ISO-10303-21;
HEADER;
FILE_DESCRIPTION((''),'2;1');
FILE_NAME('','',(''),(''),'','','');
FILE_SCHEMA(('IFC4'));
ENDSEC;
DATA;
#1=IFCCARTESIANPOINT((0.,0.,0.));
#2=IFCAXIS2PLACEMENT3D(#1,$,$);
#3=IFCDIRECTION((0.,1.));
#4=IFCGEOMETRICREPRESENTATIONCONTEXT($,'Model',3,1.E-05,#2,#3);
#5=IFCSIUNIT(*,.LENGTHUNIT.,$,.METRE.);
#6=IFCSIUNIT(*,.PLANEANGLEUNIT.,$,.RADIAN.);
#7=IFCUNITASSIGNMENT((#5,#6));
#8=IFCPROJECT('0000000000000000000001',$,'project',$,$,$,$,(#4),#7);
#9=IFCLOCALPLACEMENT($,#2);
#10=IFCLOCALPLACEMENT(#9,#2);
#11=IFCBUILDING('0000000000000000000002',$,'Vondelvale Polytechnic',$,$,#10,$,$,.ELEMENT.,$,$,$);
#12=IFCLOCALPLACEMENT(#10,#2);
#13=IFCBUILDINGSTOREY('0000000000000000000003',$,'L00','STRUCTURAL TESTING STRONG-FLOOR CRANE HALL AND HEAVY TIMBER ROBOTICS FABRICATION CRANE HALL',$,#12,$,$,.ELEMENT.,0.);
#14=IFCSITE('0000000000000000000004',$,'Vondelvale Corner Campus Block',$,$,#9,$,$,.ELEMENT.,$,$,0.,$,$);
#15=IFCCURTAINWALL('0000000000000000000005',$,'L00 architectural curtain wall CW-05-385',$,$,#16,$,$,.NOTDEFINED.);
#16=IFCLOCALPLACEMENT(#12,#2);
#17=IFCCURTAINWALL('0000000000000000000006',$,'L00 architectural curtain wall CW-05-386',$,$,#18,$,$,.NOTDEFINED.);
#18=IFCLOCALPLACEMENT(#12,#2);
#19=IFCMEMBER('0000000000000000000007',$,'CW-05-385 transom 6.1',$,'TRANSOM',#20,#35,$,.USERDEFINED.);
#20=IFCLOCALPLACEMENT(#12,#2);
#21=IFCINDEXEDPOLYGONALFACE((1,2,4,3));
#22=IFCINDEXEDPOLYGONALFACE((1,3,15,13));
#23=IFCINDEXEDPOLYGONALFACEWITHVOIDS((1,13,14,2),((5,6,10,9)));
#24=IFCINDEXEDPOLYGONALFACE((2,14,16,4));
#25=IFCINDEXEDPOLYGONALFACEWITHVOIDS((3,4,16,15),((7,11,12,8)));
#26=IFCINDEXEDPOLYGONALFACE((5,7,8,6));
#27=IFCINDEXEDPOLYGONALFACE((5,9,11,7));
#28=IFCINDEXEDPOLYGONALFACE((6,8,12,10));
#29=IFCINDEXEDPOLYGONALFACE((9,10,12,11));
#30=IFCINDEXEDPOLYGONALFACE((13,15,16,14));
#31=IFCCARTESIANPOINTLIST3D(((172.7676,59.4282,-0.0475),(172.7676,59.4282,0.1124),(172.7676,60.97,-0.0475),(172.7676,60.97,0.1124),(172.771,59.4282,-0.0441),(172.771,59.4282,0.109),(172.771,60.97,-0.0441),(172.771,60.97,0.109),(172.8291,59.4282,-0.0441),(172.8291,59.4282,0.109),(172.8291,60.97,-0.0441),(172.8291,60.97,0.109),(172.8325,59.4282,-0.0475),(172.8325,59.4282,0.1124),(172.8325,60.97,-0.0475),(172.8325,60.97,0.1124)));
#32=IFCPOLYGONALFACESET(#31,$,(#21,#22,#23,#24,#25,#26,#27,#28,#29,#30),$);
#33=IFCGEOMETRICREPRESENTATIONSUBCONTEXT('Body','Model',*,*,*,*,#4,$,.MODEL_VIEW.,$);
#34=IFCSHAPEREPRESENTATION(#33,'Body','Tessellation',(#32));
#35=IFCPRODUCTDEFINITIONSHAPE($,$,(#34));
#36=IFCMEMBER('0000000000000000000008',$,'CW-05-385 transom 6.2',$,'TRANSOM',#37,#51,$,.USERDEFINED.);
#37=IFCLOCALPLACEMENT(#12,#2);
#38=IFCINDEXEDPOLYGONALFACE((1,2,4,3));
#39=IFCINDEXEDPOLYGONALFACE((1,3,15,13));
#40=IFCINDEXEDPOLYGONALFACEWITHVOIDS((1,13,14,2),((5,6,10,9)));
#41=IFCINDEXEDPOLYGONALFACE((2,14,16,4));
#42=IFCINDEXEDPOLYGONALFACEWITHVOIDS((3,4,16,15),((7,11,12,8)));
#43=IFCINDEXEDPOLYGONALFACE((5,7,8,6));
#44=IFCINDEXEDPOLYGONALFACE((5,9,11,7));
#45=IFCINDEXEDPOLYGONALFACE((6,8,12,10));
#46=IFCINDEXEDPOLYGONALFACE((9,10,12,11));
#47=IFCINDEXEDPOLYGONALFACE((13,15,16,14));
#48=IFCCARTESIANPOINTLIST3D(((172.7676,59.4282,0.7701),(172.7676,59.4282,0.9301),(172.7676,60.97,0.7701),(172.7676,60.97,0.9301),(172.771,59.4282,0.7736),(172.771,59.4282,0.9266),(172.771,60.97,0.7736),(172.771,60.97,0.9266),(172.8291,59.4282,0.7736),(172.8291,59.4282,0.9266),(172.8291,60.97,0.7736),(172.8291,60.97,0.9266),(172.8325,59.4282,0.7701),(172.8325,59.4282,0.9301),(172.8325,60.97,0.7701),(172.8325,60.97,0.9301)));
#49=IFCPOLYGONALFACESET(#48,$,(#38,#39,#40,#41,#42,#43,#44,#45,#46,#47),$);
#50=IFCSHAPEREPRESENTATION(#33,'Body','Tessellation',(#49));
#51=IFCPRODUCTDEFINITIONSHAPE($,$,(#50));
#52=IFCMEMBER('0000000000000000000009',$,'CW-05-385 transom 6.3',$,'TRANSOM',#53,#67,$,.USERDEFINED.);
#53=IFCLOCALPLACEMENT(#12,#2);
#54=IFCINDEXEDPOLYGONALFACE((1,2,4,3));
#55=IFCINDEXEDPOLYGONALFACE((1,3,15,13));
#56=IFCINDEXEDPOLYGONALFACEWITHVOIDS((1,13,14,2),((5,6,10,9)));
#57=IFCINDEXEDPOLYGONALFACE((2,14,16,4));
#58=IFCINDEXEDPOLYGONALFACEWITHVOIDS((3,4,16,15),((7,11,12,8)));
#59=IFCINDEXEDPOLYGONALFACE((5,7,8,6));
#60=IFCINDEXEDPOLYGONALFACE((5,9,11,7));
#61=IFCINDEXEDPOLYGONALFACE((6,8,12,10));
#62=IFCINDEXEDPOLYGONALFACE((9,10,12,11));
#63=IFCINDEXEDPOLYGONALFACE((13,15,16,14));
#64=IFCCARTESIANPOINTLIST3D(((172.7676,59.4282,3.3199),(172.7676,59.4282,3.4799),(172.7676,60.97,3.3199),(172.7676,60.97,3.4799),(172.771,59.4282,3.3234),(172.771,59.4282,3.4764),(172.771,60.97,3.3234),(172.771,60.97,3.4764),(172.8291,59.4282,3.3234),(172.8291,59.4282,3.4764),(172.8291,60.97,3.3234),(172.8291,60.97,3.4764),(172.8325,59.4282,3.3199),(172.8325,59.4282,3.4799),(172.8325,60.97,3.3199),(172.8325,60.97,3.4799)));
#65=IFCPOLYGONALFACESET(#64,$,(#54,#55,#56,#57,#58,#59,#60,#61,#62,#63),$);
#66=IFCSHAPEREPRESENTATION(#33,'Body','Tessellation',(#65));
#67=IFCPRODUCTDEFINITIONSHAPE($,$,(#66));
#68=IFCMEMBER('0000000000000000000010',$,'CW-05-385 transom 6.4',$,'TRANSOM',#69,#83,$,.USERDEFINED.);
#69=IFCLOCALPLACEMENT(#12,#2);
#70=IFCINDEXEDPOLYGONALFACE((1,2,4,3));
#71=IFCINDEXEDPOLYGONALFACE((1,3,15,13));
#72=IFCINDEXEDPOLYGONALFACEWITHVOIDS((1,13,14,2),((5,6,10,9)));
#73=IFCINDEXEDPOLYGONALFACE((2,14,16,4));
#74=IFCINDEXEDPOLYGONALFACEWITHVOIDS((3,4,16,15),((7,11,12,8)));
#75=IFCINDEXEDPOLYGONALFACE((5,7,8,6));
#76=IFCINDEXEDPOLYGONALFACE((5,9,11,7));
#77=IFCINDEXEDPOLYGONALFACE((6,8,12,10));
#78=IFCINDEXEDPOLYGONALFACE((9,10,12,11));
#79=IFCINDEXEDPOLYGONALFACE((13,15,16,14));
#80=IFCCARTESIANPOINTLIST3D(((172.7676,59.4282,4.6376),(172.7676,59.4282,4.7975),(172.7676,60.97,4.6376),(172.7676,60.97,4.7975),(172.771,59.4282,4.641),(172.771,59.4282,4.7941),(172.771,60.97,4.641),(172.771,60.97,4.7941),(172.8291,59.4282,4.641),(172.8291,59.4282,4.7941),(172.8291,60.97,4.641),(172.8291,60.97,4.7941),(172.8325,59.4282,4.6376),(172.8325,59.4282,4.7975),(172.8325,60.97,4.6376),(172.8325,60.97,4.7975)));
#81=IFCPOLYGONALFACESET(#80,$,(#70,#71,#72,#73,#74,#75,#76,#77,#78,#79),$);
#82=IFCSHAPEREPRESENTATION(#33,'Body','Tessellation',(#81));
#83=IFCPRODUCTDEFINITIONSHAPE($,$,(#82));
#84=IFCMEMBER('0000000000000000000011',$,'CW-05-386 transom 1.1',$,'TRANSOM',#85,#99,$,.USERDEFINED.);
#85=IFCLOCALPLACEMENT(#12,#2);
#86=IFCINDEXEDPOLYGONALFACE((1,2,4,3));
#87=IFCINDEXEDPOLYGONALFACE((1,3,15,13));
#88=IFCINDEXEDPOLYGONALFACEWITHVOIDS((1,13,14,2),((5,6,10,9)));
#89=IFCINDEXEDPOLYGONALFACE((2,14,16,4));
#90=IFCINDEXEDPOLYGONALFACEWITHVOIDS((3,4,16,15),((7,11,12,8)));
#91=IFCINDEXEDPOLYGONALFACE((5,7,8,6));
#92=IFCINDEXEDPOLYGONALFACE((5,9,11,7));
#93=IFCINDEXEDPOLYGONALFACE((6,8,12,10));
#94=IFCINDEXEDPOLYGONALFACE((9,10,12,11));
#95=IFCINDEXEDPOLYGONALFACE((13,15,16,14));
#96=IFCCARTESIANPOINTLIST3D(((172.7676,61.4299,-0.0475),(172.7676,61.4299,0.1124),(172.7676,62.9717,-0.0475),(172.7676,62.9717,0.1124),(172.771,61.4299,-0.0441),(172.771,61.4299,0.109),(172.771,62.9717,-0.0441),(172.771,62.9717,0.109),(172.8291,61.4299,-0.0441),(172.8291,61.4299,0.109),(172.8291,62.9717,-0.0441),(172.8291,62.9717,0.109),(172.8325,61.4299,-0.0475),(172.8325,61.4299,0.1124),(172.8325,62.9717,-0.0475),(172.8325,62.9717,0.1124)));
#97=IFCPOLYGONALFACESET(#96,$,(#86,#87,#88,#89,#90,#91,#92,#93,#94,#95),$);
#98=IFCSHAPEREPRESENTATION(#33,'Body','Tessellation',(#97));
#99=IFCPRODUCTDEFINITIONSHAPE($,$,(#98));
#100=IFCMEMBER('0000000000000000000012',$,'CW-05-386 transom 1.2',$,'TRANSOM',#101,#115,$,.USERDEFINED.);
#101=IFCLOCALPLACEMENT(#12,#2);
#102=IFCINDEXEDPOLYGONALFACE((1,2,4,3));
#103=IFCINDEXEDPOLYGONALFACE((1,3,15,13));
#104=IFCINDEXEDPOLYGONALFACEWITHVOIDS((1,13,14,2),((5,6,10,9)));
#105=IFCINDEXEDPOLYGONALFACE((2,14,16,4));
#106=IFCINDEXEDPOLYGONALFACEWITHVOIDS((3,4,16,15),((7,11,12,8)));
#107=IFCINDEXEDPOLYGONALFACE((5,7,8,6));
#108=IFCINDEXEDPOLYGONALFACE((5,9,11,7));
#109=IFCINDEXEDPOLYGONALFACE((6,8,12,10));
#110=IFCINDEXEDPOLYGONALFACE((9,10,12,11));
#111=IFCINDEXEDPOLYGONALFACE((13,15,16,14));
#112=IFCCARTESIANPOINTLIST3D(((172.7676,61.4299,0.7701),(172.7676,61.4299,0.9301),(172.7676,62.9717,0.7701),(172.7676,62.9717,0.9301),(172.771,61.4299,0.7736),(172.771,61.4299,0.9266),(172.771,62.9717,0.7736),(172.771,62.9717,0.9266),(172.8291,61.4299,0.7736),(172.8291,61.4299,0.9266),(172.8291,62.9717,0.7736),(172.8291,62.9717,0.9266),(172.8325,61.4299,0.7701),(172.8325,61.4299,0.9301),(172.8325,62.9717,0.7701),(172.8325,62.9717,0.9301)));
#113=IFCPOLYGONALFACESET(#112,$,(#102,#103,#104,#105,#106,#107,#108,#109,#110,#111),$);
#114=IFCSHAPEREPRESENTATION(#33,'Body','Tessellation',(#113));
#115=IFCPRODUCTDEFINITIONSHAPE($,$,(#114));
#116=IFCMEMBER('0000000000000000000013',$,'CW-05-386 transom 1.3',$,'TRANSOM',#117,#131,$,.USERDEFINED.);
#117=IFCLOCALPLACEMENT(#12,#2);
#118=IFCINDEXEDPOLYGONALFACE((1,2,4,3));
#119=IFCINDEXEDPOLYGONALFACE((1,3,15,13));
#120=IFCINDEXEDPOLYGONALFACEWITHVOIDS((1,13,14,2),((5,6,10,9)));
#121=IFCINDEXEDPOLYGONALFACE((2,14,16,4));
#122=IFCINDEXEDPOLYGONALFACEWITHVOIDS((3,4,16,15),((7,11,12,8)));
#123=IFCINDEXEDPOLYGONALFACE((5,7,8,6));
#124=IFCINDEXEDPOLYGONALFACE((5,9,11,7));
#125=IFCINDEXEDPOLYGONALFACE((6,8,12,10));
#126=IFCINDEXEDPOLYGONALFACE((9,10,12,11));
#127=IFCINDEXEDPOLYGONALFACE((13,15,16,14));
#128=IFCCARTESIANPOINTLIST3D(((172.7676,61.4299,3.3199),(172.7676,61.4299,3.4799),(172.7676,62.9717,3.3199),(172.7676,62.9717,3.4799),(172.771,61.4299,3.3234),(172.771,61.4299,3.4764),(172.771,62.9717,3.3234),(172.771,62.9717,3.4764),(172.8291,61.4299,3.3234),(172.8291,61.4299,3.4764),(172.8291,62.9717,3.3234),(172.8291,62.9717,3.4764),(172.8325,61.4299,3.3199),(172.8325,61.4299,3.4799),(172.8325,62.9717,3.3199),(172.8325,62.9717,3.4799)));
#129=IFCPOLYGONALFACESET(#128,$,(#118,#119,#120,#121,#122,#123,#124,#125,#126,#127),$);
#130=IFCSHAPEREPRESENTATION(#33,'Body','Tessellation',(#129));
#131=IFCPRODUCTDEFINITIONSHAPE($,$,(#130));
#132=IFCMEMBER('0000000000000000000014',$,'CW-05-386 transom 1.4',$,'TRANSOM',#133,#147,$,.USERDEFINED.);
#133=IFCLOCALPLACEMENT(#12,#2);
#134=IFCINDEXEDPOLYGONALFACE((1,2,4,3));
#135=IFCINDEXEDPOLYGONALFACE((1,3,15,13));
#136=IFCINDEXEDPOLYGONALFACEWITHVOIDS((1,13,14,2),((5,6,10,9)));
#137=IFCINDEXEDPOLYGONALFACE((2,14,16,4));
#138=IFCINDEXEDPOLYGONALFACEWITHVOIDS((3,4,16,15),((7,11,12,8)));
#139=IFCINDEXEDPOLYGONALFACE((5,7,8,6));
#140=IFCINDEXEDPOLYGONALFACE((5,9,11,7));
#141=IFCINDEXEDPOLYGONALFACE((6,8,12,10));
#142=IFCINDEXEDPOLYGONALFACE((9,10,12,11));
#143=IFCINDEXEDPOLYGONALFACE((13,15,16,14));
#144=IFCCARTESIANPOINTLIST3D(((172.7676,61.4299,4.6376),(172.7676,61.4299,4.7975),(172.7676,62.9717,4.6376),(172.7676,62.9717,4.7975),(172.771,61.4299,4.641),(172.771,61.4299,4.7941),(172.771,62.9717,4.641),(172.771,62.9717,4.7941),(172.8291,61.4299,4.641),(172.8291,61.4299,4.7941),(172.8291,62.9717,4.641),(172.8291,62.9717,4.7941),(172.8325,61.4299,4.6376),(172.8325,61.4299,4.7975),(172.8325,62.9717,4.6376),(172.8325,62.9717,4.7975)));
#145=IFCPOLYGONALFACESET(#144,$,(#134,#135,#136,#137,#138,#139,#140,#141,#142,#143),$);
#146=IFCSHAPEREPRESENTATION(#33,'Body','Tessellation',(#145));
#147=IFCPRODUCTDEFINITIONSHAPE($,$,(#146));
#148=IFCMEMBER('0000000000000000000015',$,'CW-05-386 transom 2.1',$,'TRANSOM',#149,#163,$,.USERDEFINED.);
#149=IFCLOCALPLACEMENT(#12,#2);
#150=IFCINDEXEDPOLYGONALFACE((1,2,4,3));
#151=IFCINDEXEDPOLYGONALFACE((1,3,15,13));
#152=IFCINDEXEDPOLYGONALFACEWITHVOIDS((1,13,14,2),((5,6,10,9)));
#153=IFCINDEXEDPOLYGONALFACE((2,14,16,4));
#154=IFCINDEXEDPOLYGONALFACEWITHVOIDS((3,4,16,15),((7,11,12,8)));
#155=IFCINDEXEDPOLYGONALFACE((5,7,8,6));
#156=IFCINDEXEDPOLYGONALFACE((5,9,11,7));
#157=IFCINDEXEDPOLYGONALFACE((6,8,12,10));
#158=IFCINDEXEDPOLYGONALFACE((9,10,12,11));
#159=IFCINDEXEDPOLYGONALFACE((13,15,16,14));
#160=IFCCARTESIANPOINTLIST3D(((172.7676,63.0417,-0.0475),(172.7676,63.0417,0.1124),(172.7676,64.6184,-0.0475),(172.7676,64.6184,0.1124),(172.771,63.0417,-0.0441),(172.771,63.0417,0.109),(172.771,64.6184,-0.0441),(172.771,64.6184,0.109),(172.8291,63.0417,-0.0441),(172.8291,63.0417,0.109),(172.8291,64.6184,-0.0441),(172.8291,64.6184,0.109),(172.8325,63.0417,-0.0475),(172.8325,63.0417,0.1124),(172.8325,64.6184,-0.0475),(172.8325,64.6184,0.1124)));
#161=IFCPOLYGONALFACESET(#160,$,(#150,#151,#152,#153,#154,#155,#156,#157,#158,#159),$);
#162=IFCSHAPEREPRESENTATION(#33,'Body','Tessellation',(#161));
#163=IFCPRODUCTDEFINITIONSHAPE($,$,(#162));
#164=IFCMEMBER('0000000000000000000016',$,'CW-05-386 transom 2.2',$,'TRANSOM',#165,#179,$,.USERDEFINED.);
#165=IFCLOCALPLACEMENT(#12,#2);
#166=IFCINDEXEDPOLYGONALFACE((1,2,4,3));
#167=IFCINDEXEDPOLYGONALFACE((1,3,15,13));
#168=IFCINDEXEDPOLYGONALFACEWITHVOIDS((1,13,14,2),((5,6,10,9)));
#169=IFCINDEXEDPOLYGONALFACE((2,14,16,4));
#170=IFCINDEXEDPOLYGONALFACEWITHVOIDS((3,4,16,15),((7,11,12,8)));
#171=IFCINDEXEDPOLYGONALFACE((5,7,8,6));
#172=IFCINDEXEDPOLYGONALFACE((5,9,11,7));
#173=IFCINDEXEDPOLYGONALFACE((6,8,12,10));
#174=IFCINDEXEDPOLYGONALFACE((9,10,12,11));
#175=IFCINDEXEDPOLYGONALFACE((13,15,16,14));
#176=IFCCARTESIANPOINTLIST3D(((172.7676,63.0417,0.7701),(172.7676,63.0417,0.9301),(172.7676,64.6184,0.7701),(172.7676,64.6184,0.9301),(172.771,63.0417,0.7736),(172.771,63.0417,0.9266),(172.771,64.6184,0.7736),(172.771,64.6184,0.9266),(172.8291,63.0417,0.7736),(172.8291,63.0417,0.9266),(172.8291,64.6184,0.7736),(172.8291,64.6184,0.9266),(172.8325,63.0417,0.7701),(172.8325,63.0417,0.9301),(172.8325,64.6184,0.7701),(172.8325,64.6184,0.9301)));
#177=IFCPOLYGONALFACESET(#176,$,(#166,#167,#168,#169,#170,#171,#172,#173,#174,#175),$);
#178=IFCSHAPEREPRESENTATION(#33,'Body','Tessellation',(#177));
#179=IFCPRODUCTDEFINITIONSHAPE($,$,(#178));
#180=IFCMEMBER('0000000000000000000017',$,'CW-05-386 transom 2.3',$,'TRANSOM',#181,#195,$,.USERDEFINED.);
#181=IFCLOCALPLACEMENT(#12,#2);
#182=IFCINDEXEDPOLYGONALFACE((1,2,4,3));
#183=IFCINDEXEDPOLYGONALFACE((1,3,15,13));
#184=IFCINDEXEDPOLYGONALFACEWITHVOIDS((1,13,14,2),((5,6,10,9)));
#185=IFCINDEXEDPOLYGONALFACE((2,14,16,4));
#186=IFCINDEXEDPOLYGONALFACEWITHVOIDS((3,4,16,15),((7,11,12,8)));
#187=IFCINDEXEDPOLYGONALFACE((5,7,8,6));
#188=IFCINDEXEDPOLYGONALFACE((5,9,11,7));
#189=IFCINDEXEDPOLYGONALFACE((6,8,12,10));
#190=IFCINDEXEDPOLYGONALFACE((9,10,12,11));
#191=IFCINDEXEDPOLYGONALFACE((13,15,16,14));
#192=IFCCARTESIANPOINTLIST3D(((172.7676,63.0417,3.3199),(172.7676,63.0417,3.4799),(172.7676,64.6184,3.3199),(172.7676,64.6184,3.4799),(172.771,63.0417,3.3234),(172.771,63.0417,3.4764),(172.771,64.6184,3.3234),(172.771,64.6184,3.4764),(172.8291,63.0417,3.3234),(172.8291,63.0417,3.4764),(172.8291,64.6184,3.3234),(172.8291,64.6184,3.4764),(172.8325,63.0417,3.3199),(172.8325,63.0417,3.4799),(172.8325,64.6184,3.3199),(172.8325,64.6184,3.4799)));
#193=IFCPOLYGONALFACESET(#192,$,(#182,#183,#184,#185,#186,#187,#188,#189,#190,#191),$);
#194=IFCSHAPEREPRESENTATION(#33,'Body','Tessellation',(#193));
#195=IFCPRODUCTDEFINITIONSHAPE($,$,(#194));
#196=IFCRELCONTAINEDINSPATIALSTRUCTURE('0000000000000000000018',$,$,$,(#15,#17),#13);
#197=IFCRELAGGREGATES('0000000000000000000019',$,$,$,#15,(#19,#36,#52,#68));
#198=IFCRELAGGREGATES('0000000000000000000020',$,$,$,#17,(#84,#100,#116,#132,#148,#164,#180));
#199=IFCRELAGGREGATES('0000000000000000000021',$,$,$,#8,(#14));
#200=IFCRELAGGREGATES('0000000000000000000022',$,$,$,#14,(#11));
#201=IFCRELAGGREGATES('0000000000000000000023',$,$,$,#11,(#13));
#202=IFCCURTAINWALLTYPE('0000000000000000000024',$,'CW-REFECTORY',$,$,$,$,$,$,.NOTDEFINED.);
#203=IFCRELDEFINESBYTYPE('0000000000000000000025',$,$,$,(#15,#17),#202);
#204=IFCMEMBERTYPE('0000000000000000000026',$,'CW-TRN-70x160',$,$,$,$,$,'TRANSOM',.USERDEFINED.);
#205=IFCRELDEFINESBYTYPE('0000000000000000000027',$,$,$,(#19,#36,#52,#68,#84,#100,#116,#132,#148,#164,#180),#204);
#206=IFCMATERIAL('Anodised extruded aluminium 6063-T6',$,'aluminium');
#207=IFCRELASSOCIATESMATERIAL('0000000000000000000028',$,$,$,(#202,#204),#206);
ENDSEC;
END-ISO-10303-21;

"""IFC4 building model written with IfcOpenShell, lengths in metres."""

from ifc_helpers import new_model, si_unit, direction, frame, origin, origin_2d, place, context, subcontext, project, spatial, hollow_rectangle, extrude, material, material_profile, profile_set, type_object, element, aggregate, save


model = new_model("IFC4")

# Units and contexts
model_context = context("Model", 3, precision=1e-05, world=origin(), true_north=direction((0.0, 1.0)))
body_context = subcontext(model_context, "Body", "Model", "MODEL_VIEW")
ifc_project = project(units=[si_unit("LENGTHUNIT", "METRE"), si_unit("PLANEANGLEUNIT", "RADIAN")], contexts=[model_context])

# Site, building, storey
site_placement = place(None, origin())
site = spatial("IfcSite", under=ifc_project, at=site_placement, Name="Vondelvale Corner Campus Block", CompositionType="ELEMENT", RefElevation=0.0)
building_placement = place(site_placement, origin())
building = spatial("IfcBuilding", under=site, at=building_placement, Name="Vondelvale Polytechnic", CompositionType="ELEMENT")
storey_placement = place(building_placement, origin())
storey = spatial("IfcBuildingStorey", under=building, at=storey_placement, Name="L00", Description="STRUCTURAL TESTING STRONG-FLOOR CRANE HALL AND HEAVY TIMBER ROBOTICS FABRICATION CRANE HALL", CompositionType="ELEMENT", Elevation=0.0)

# Curtain walls
ifc_material_1 = material(Name="Anodised extruded aluminium 6063-T6", Category="aluminium")
curtain_wall_type = type_object("IfcCurtainWallType", Name="CW-REFECTORY", PredefinedType="NOTDEFINED", material=ifc_material_1)
curtain_wall_1_placement = place(storey_placement, origin())
curtain_wall_1 = element("IfcCurtainWall", 1, at=curtain_wall_1_placement, inside=storey, type_object=curtain_wall_type, Name="L00 architectural curtain wall CW-05-385", PredefinedType="NOTDEFINED")
curtain_wall_2_placement = place(storey_placement, origin())
curtain_wall_2 = element("IfcCurtainWall", 2, at=curtain_wall_2_placement, inside=storey, type_object=curtain_wall_type, Name="L00 architectural curtain wall CW-05-386", PredefinedType="NOTDEFINED")

# Members
ifc_material_profile_1 = material_profile(ifc_material_1, hollow_rectangle(XDim=0.0649, YDim=0.1599, WallThickness=0.0034, at=origin_2d()), Name="CW-TRN-160x65")
ifc_profile_set_1 = profile_set([ifc_material_profile_1], Name="Anodised extruded aluminium 6063-T6")
member_type_1 = type_object("IfcMemberType", Name="CW-TRN-70x160", ElementType="TRANSOM", PredefinedType="USERDEFINED", material=ifc_profile_set_1)
member_1_placement = place(storey_placement, frame((172.8, 59.4282, 0.0325), z_axis=(0.0, 1.0, 0.0), x_axis=(-1.0, 0.0, 0.0)))
member_1 = element("IfcMember", 3, at=member_1_placement, type_object=member_type_1, Name="CW-05-385 transom 6.1", ObjectType="TRANSOM", PredefinedType="USERDEFINED", context=body_context, shape_type="SweptSolid", body=[
    extrude(hollow_rectangle(XDim=0.0649, YDim=0.1599, WallThickness=0.0034, at=origin_2d()), origin(), (0.0, 0.0, 1.0), 1.5417),
])
member_2_placement = place(storey_placement, frame((172.8, 59.4282, 0.8501), z_axis=(0.0, 1.0, 0.0), x_axis=(-1.0, 0.0, 0.0)))
member_2 = element("IfcMember", 4, at=member_2_placement, type_object=member_type_1, Name="CW-05-385 transom 6.2", ObjectType="TRANSOM", PredefinedType="USERDEFINED", context=body_context, shape_type="SweptSolid", body=[
    extrude(hollow_rectangle(XDim=0.0649, YDim=0.1599, WallThickness=0.0034, at=origin_2d()), origin(), (0.0, 0.0, 1.0), 1.5417),
])
member_3_placement = place(storey_placement, frame((172.8, 59.4282, 3.3999), z_axis=(0.0, 1.0, 0.0), x_axis=(-1.0, 0.0, 0.0)))
member_3 = element("IfcMember", 5, at=member_3_placement, type_object=member_type_1, Name="CW-05-385 transom 6.3", ObjectType="TRANSOM", PredefinedType="USERDEFINED", context=body_context, shape_type="SweptSolid", body=[
    extrude(hollow_rectangle(XDim=0.0649, YDim=0.1599, WallThickness=0.0034, at=origin_2d()), origin(), (0.0, 0.0, 1.0), 1.5417),
])
member_4_placement = place(storey_placement, frame((172.8, 59.4282, 4.7175), z_axis=(0.0, 1.0, 0.0), x_axis=(-1.0, 0.0, 0.0)))
member_4 = element("IfcMember", 6, at=member_4_placement, type_object=member_type_1, Name="CW-05-385 transom 6.4", ObjectType="TRANSOM", PredefinedType="USERDEFINED", context=body_context, shape_type="SweptSolid", body=[
    extrude(hollow_rectangle(XDim=0.0649, YDim=0.1599, WallThickness=0.0034, at=origin_2d()), origin(), (0.0, 0.0, 1.0), 1.5417),
])
member_5_placement = place(storey_placement, frame((172.8, 61.4299, 0.0325), z_axis=(0.0, 1.0, 0.0), x_axis=(-1.0, 0.0, 0.0)))
member_5 = element("IfcMember", 7, at=member_5_placement, type_object=member_type_1, Name="CW-05-386 transom 1.1", ObjectType="TRANSOM", PredefinedType="USERDEFINED", context=body_context, shape_type="SweptSolid", body=[
    extrude(hollow_rectangle(XDim=0.0649, YDim=0.1599, WallThickness=0.0034, at=origin_2d()), origin(), (0.0, 0.0, 1.0), 1.5417),
])
member_6_placement = place(storey_placement, frame((172.8, 61.4299, 0.8501), z_axis=(0.0, 1.0, 0.0), x_axis=(-1.0, 0.0, 0.0)))
member_6 = element("IfcMember", 8, at=member_6_placement, type_object=member_type_1, Name="CW-05-386 transom 1.2", ObjectType="TRANSOM", PredefinedType="USERDEFINED", context=body_context, shape_type="SweptSolid", body=[
    extrude(hollow_rectangle(XDim=0.0649, YDim=0.1599, WallThickness=0.0034, at=origin_2d()), origin(), (0.0, 0.0, 1.0), 1.5417),
])
member_7_placement = place(storey_placement, frame((172.8, 61.4299, 3.3999), z_axis=(0.0, 1.0, 0.0), x_axis=(-1.0, 0.0, 0.0)))
member_7 = element("IfcMember", 9, at=member_7_placement, type_object=member_type_1, Name="CW-05-386 transom 1.3", ObjectType="TRANSOM", PredefinedType="USERDEFINED", context=body_context, shape_type="SweptSolid", body=[
    extrude(hollow_rectangle(XDim=0.0649, YDim=0.1599, WallThickness=0.0034, at=origin_2d()), origin(), (0.0, 0.0, 1.0), 1.5417),
])
member_8_placement = place(storey_placement, frame((172.8, 61.4299, 4.7175), z_axis=(0.0, 1.0, 0.0), x_axis=(-1.0, 0.0, 0.0)))
member_8 = element("IfcMember", 10, at=member_8_placement, type_object=member_type_1, Name="CW-05-386 transom 1.4", ObjectType="TRANSOM", PredefinedType="USERDEFINED", context=body_context, shape_type="SweptSolid", body=[
    extrude(hollow_rectangle(XDim=0.0649, YDim=0.1599, WallThickness=0.0034, at=origin_2d()), origin(), (0.0, 0.0, 1.0), 1.5417),
])
member_9_placement = place(storey_placement, frame((172.8, 63.0417, 0.0325), z_axis=(0.0, 1.0, 0.0), x_axis=(-1.0, 0.0, 0.0)))
member_9 = element("IfcMember", 11, at=member_9_placement, type_object=member_type_1, Name="CW-05-386 transom 2.1", ObjectType="TRANSOM", PredefinedType="USERDEFINED", context=body_context, shape_type="SweptSolid", body=[
    extrude(hollow_rectangle(XDim=0.0649, YDim=0.1599, WallThickness=0.0034, at=origin_2d()), origin(), (0.0, 0.0, 1.0), 1.5767),
])
member_10_placement = place(storey_placement, frame((172.8, 63.0417, 0.8501), z_axis=(0.0, 1.0, 0.0), x_axis=(-1.0, 0.0, 0.0)))
member_10 = element("IfcMember", 12, at=member_10_placement, type_object=member_type_1, Name="CW-05-386 transom 2.2", ObjectType="TRANSOM", PredefinedType="USERDEFINED", context=body_context, shape_type="SweptSolid", body=[
    extrude(hollow_rectangle(XDim=0.0649, YDim=0.1599, WallThickness=0.0034, at=origin_2d()), origin(), (0.0, 0.0, 1.0), 1.5767),
])
member_11_placement = place(storey_placement, frame((172.8, 63.0417, 3.3999), z_axis=(0.0, 1.0, 0.0), x_axis=(-1.0, 0.0, 0.0)))
member_11 = element("IfcMember", 13, at=member_11_placement, type_object=member_type_1, Name="CW-05-386 transom 2.3", ObjectType="TRANSOM", PredefinedType="USERDEFINED", context=body_context, shape_type="SweptSolid", body=[
    extrude(hollow_rectangle(XDim=0.0649, YDim=0.1599, WallThickness=0.0034, at=origin_2d()), origin(), (0.0, 0.0, 1.0), 1.5767),
])

aggregate(curtain_wall_1, [member_1, member_2, member_3, member_4])
aggregate(curtain_wall_2, [member_5, member_6, member_7, member_8, member_9, member_10, member_11])

save(model, "model.ifc")
